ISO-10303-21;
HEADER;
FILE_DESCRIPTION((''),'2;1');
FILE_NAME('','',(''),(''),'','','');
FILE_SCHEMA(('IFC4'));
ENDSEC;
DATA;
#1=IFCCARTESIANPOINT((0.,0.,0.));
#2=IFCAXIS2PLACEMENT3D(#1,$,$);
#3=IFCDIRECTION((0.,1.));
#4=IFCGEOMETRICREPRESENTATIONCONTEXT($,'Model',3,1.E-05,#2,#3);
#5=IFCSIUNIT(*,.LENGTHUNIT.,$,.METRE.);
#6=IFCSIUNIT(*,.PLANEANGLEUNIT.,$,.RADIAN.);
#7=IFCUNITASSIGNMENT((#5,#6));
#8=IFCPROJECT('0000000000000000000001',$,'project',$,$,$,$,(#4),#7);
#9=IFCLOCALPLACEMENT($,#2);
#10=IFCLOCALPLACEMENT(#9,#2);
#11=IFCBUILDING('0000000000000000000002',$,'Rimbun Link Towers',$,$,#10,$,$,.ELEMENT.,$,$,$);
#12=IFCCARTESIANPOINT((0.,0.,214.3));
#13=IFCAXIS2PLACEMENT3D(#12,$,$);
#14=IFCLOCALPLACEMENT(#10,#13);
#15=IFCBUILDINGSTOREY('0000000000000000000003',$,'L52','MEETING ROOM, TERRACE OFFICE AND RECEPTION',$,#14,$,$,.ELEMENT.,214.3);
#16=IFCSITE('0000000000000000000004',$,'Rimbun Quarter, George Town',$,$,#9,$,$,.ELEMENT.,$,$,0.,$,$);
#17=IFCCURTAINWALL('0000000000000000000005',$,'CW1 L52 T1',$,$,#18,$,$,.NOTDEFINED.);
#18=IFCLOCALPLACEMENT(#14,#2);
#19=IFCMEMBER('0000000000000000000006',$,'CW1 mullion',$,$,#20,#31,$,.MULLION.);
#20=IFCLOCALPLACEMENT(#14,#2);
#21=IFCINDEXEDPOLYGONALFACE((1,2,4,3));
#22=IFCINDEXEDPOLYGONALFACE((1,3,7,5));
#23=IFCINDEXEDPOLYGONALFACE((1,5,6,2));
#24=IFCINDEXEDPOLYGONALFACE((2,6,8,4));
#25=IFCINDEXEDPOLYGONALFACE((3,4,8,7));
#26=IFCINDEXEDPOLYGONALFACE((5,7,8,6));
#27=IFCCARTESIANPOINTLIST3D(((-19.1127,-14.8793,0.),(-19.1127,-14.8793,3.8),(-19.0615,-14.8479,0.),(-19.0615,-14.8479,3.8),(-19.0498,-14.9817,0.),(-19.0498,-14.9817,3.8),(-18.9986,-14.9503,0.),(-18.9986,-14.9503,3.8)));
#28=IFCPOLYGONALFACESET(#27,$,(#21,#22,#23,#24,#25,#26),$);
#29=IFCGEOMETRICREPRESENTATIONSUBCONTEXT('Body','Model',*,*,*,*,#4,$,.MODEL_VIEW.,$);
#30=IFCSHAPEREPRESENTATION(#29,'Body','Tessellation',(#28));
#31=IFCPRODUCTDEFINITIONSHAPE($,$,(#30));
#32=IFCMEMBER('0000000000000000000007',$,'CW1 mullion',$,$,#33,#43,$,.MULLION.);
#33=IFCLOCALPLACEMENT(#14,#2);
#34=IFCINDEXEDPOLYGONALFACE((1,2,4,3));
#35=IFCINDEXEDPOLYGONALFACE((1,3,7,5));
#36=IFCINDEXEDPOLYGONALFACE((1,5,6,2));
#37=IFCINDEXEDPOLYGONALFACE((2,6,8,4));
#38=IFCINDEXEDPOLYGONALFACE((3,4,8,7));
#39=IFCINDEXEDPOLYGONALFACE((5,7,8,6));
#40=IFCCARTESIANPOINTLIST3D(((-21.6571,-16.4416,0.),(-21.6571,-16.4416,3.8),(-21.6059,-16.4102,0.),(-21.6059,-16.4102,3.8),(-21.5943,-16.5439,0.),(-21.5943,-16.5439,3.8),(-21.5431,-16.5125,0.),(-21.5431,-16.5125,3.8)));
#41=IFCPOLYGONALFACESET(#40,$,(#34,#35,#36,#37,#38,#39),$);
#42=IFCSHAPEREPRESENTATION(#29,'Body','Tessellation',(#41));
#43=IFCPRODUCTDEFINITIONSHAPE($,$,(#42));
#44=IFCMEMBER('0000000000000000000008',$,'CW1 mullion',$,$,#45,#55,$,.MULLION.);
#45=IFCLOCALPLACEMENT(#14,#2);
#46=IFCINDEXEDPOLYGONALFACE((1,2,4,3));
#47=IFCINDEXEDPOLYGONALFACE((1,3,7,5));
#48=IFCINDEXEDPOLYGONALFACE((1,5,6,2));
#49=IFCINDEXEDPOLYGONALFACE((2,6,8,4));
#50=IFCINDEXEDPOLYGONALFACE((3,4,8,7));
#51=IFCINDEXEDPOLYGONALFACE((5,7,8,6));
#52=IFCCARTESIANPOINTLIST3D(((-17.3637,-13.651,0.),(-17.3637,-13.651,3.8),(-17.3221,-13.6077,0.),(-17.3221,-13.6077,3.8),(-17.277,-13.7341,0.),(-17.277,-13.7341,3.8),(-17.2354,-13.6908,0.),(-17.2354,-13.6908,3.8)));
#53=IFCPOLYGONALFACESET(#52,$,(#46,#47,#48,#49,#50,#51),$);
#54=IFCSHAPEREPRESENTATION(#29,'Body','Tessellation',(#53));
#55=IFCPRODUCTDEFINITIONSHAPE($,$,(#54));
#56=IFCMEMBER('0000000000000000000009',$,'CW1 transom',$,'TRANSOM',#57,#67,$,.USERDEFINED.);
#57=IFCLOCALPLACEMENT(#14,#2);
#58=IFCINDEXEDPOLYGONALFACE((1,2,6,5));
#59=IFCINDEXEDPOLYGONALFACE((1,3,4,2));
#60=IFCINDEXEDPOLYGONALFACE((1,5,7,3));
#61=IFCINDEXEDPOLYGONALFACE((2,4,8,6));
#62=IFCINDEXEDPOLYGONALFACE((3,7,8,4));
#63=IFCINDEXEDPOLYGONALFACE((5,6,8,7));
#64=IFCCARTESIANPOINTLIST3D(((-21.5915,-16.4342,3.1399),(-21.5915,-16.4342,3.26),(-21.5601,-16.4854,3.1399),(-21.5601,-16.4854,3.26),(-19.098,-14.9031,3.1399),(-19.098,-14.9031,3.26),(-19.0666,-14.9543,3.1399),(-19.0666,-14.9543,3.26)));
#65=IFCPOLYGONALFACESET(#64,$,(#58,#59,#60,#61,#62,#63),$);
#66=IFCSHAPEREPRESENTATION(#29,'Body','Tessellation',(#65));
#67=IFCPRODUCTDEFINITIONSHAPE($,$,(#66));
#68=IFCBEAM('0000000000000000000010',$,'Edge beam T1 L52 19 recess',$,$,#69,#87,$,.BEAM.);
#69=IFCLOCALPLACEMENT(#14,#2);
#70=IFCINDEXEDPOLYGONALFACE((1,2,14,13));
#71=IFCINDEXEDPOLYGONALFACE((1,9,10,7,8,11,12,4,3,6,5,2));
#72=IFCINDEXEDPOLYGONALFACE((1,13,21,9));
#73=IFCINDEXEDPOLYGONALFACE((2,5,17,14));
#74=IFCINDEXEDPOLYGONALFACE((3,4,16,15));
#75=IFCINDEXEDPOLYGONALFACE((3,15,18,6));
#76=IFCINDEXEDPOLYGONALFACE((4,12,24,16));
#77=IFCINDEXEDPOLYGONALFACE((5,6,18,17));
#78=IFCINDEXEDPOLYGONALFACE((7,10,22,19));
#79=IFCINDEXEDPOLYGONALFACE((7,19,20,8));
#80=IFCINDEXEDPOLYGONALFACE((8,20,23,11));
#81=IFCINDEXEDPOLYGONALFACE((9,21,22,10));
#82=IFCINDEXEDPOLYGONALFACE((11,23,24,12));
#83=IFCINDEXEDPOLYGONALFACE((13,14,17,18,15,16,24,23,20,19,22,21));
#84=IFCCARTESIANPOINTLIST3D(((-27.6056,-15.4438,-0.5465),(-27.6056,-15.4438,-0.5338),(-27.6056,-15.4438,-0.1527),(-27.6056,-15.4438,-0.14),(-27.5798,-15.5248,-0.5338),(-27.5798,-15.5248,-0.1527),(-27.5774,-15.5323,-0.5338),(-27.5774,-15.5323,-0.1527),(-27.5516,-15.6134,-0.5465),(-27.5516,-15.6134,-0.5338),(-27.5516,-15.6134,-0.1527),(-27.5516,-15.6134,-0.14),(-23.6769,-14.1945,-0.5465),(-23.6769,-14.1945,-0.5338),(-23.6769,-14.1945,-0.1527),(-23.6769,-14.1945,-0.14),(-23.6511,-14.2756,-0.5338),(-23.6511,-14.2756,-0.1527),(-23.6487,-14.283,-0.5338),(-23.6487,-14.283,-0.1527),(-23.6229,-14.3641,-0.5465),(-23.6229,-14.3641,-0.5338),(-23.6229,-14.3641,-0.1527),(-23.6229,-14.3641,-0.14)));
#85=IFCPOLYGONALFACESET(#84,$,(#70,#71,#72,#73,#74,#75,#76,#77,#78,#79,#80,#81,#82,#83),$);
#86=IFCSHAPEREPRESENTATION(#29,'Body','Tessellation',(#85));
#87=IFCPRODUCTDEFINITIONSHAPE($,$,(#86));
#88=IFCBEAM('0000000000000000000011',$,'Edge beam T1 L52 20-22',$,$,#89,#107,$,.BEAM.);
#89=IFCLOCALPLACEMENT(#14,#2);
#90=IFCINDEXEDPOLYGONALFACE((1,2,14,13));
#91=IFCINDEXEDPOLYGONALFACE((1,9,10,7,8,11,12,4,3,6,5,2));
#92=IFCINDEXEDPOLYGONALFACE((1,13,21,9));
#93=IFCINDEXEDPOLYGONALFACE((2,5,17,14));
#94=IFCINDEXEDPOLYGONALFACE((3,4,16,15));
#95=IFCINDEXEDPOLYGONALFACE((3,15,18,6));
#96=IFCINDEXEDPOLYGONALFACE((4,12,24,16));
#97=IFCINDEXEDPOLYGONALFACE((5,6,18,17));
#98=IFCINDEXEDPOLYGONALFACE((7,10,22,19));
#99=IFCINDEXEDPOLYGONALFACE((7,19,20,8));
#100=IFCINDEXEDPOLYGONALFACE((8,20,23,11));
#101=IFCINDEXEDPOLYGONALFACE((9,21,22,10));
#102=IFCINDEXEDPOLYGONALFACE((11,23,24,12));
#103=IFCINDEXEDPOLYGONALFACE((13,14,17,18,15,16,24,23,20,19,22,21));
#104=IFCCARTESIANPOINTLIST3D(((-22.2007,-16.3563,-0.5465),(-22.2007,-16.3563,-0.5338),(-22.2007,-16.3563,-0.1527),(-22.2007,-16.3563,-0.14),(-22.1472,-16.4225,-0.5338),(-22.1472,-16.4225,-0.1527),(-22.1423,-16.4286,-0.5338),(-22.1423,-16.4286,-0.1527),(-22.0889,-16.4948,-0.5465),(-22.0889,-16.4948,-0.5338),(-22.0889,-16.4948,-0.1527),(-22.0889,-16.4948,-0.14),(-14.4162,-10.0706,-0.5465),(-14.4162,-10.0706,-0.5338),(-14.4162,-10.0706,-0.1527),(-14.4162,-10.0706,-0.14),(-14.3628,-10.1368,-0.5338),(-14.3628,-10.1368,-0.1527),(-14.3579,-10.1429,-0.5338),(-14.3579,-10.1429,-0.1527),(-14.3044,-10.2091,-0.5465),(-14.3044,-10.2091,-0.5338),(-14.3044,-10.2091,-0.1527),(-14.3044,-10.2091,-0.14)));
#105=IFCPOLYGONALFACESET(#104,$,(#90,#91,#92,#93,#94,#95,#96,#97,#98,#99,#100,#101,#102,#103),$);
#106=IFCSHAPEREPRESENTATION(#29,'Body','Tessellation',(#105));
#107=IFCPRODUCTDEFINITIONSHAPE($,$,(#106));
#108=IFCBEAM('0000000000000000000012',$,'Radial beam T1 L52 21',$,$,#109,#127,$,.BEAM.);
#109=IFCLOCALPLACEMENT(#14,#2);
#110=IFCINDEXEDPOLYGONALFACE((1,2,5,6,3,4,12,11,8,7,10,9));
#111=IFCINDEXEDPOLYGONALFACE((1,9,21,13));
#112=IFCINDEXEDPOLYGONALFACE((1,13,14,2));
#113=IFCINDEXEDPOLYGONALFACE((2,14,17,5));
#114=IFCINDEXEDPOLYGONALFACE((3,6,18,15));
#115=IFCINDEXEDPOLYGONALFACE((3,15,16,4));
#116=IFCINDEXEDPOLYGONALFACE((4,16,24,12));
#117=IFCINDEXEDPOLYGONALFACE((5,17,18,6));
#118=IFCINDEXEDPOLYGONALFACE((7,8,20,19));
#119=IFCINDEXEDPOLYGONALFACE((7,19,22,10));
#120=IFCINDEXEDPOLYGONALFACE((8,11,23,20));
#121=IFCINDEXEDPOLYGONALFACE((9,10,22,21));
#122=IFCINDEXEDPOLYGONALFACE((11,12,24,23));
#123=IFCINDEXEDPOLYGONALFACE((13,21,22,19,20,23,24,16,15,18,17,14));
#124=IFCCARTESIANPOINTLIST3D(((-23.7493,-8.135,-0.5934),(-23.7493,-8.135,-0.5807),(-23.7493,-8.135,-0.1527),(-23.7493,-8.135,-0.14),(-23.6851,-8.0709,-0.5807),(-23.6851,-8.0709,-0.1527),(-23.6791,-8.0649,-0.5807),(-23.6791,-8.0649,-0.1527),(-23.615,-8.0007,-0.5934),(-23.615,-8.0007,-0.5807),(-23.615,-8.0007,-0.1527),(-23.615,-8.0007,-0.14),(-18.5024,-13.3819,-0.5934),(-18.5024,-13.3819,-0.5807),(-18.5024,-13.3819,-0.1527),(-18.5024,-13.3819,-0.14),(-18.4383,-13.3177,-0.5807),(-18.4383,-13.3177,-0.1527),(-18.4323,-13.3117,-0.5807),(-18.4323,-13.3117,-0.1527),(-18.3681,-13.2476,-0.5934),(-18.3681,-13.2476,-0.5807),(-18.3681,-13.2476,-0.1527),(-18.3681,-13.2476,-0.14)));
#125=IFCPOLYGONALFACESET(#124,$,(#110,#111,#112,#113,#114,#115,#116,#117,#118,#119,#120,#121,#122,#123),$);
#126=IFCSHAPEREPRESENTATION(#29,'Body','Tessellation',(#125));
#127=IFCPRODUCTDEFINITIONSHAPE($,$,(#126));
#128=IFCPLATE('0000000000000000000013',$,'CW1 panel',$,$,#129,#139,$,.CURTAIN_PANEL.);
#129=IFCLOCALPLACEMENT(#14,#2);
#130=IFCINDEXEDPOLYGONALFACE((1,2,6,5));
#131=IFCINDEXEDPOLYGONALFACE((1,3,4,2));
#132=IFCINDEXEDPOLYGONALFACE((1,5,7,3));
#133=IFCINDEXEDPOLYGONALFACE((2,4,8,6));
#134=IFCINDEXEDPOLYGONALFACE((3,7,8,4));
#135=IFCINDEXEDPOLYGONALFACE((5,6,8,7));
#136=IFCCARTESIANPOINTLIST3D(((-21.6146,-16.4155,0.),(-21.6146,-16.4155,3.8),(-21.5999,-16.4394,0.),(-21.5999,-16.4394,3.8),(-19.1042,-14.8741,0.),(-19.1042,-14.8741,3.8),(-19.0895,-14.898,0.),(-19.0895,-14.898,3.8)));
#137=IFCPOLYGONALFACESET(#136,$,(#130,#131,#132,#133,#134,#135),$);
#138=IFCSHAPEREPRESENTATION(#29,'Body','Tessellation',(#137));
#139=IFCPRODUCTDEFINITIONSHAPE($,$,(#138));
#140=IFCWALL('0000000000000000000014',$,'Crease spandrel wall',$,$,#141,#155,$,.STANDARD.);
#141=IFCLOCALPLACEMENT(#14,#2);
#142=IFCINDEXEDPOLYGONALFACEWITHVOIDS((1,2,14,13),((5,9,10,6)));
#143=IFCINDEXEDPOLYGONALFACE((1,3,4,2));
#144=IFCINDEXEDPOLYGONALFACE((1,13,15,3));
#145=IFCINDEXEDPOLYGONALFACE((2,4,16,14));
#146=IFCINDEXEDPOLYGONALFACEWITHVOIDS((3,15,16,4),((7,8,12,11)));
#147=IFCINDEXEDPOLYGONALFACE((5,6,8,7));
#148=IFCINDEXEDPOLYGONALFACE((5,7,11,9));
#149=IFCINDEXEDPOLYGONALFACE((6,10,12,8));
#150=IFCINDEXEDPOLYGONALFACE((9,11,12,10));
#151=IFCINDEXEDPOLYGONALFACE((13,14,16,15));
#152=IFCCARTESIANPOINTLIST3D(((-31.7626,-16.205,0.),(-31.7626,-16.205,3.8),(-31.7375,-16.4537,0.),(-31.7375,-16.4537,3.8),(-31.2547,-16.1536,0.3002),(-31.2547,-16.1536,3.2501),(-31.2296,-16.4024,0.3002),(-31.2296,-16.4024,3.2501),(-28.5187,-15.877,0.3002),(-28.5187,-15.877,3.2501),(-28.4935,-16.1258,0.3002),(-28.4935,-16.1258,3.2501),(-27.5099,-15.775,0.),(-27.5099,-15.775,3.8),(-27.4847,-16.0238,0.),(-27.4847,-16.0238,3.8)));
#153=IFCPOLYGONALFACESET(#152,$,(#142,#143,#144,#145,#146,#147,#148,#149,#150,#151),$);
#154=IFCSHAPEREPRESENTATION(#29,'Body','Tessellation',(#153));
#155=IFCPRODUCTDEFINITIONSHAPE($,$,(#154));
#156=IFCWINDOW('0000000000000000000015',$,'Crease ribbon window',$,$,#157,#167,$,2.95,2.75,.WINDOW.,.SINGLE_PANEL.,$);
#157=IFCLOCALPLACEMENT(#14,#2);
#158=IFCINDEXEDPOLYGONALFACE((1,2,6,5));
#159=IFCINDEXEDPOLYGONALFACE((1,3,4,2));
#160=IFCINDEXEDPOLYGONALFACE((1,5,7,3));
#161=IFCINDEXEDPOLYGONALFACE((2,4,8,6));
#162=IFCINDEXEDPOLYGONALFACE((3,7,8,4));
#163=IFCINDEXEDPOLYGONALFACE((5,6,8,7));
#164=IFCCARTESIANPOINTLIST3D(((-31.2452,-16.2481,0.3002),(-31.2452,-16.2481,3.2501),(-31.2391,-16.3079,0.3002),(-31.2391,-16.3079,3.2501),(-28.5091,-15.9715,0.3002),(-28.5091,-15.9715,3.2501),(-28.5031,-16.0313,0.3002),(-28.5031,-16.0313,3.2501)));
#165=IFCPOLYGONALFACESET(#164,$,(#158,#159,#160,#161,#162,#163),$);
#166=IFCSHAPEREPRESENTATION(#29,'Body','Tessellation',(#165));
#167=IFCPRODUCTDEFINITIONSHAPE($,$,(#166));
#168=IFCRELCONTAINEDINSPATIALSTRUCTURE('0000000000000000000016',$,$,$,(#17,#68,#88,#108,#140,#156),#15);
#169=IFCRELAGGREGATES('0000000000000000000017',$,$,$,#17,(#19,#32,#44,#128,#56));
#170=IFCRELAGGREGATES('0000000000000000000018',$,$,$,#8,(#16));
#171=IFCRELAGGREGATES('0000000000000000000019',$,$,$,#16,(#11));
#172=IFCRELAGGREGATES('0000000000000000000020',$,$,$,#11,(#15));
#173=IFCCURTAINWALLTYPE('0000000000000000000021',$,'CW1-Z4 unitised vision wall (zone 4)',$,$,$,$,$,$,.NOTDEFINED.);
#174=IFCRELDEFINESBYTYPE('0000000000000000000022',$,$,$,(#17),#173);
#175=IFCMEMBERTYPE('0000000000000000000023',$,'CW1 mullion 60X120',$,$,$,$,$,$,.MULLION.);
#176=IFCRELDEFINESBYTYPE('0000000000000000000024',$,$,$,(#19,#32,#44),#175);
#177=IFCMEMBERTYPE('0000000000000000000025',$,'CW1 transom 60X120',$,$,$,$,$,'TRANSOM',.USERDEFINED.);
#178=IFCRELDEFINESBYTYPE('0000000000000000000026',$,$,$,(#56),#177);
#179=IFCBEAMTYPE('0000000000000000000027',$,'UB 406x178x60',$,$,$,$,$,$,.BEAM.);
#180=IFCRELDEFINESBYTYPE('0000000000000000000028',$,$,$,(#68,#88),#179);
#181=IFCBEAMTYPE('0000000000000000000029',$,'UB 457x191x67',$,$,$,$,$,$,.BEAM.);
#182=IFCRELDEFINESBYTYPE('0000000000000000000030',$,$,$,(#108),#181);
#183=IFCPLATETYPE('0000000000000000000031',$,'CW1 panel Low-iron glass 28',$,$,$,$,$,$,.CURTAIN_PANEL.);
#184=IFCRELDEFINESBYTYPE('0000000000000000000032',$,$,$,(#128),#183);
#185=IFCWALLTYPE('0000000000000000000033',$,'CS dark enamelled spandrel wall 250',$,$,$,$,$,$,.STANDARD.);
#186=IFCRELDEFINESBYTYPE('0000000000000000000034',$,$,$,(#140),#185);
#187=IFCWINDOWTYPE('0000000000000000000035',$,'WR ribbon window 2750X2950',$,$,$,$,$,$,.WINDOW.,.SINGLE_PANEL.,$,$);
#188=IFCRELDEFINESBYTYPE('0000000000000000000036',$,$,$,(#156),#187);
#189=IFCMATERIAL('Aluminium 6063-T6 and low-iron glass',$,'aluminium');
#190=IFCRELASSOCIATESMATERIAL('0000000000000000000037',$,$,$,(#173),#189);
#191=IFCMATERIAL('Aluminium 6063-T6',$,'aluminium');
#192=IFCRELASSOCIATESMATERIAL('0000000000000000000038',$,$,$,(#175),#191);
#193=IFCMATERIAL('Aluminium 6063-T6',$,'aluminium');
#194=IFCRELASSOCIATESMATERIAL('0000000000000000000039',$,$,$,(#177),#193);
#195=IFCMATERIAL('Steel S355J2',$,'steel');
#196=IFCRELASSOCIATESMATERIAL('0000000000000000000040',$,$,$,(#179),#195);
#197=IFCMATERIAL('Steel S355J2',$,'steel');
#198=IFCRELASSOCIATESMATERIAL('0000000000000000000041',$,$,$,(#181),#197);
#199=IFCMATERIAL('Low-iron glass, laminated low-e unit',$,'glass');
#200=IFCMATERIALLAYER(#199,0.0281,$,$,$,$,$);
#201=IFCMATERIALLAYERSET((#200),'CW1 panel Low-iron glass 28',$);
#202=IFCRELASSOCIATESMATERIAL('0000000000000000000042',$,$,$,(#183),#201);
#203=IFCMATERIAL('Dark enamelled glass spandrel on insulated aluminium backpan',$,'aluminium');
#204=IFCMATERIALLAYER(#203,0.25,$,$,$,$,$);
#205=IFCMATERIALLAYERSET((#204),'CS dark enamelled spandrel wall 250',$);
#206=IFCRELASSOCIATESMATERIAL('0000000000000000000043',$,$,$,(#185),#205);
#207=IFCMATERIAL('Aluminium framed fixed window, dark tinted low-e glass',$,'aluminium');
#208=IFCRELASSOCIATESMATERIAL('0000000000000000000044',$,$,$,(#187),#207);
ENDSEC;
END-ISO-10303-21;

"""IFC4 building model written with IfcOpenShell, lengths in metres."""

from ifc_helpers import new_model, si_unit, direction, frame, frame_2d, origin, origin_2d, place, context, subcontext, project, spatial, rectangle, i_section, extrude, material, layer, layer_set, material_profile, profile_set, type_object, element, fill, aggregate, save


model = new_model("IFC4")

# Units and contexts
model_context = context("Model", 3, precision=1e-05, world=origin(), true_north=direction((0.0, 1.0)))
body_context = subcontext(model_context, "Body", "Model", "MODEL_VIEW")
ifc_project = project(units=[si_unit("LENGTHUNIT", "METRE"), si_unit("PLANEANGLEUNIT", "RADIAN")], contexts=[model_context])

# Site, building, storey
site_placement = place(None, origin())
site = spatial("IfcSite", under=ifc_project, at=site_placement, Name="Rimbun Quarter, George Town", CompositionType="ELEMENT", RefElevation=0.0)
building_placement = place(site_placement, origin())
building = spatial("IfcBuilding", under=site, at=building_placement, Name="Rimbun Link Towers", CompositionType="ELEMENT")
storey_placement = place(building_placement, frame((0.0, 0.0, 214.3)))
storey = spatial("IfcBuildingStorey", under=building, at=storey_placement, Name="L52", Description="MEETING ROOM, TERRACE OFFICE AND RECEPTION", CompositionType="ELEMENT", Elevation=214.3)

# Curtain wall, members
ifc_material_1 = material(Name="Aluminium 6063-T6 and low-iron glass", Category="aluminium")
curtain_wall_type = type_object("IfcCurtainWallType", Name="CW1-Z4 unitised vision wall (zone 4)", PredefinedType="NOTDEFINED", material=ifc_material_1)
curtain_wall_placement = place(storey_placement, origin())
curtain_wall = element("IfcCurtainWall", 1, at=curtain_wall_placement, inside=storey, type_object=curtain_wall_type, Name="CW1 L52 T1", PredefinedType="NOTDEFINED")
ifc_material_2 = material(Name="Aluminium 6063-T6", Category="aluminium")
ifc_material_profile_1 = material_profile(ifc_material_2, rectangle(XDim=0.1201, YDim=0.0601, at=origin_2d()), Name="MULLION 60X120")
ifc_profile_set_1 = profile_set([ifc_material_profile_1], Name="Aluminium 6063-T6")
member_type_1 = type_object("IfcMemberType", Name="CW1 mullion 60X120", PredefinedType="MULLION", material=ifc_profile_set_1)
member_1_placement = place(storey_placement, frame((-19.0557, -14.9148, 0.0), z_axis=(0.0, 0.0, 1.0), x_axis=(0.523242, -0.852184, 0.0)))
member_1 = element("IfcMember", 2, at=member_1_placement, type_object=member_type_1, Name="CW1 mullion", PredefinedType="MULLION", context=body_context, shape_type="SweptSolid", body=[
    extrude(rectangle(XDim=0.1201, YDim=0.0601, at=origin_2d()), origin(), (0.0, 0.0, 1.0), 3.8),
])
member_2_placement = place(storey_placement, frame((-21.6001, -16.4771, 0.0), z_axis=(0.0, 0.0, 1.0), x_axis=(0.523242, -0.852184, 0.0)))
member_2 = element("IfcMember", 3, at=member_2_placement, type_object=member_type_1, Name="CW1 mullion", PredefinedType="MULLION", context=body_context, shape_type="SweptSolid", body=[
    extrude(rectangle(XDim=0.1201, YDim=0.0601, at=origin_2d()), origin(), (0.0, 0.0, 1.0), 3.8),
])
member_3_placement = place(storey_placement, frame((-17.2996, -13.6709, 0.0), z_axis=(0.0, 0.0, 1.0), x_axis=(0.721846, -0.692053, 0.0)))
member_3 = element("IfcMember", 4, at=member_3_placement, type_object=member_type_1, Name="CW1 mullion", PredefinedType="MULLION", context=body_context, shape_type="SweptSolid", body=[
    extrude(rectangle(XDim=0.1201, YDim=0.0601, at=origin_2d()), origin(), (0.0, 0.0, 1.0), 3.8),
])
ifc_material_3 = material(Name="Aluminium 6063-T6", Category="aluminium")
ifc_material_profile_2 = material_profile(ifc_material_3, rectangle(XDim=0.0601, YDim=0.1201, at=origin_2d()), Name="TRANSOM 60X120")
ifc_profile_set_2 = profile_set([ifc_material_profile_2], Name="Aluminium 6063-T6")
member_type_2 = type_object("IfcMemberType", Name="CW1 transom 60X120", ElementType="TRANSOM", PredefinedType="USERDEFINED", material=ifc_profile_set_2)
member_4_placement = place(storey_placement, frame((-19.0823, -14.9287, 3.2), z_axis=(-0.852176, -0.523255, 0.0), x_axis=(0.523255, -0.852176, 0.0)))
member_4 = element("IfcMember", 5, at=member_4_placement, type_object=member_type_2, Name="CW1 transom", ObjectType="TRANSOM", PredefinedType="USERDEFINED", context=body_context, shape_type="SweptSolid", body=[
    extrude(rectangle(XDim=0.0601, YDim=0.1201, at=origin_2d()), origin(), (0.0, 0.0, 1.0), 2.926),
])

# Beams
ifc_material_4 = material(Name="Steel S355J2", Category="steel")
ifc_material_profile_3 = material_profile(ifc_material_4, i_section(OverallWidth=0.178, OverallDepth=0.4065, WebThickness=0.0078, FlangeThickness=0.0127, at=origin_2d()), Name="UB 406x178x60")
ifc_profile_set_3 = profile_set([ifc_material_profile_3], Name="Steel S355J2")
beam_type_1 = type_object("IfcBeamType", Name="UB 406x178x60", PredefinedType="BEAM", material=ifc_profile_set_3)
beam_1_placement = place(storey_placement, frame((-27.5786, -15.5286, -0.3433), z_axis=(0.95298, 0.303033, 0.0), x_axis=(-0.303033, 0.95298, 0.0)))
element("IfcBeam", 6, at=beam_1_placement, inside=storey, type_object=beam_type_1, Name="Edge beam T1 L52 19 recess", PredefinedType="BEAM", context=body_context, shape_type="SweptSolid", body=[
    extrude(i_section(OverallWidth=0.178, OverallDepth=0.4065, WebThickness=0.0078, FlangeThickness=0.0127, at=origin_2d()), origin(), (0.0, 0.0, 1.0), 4.1226),
])
beam_2_placement = place(storey_placement, frame((-22.1448, -16.4255, -0.3433), z_axis=(0.778028, 0.62823, 0.0), x_axis=(-0.62823, 0.778028, 0.0)))
element("IfcBeam", 7, at=beam_2_placement, inside=storey, type_object=beam_type_1, Name="Edge beam T1 L52 20-22", PredefinedType="BEAM", context=body_context, shape_type="SweptSolid", body=[
    extrude(i_section(OverallWidth=0.178, OverallDepth=0.4065, WebThickness=0.0078, FlangeThickness=0.0127, at=origin_2d()), origin(), (0.0, 0.0, 1.0), 10.0054),
])
ifc_material_5 = material(Name="Steel S355J2", Category="steel")
ifc_material_profile_4 = material_profile(ifc_material_5, i_section(OverallWidth=0.1899, OverallDepth=0.4534, WebThickness=0.0085, FlangeThickness=0.0127, at=origin_2d()), Name="UB 457x191x67")
ifc_profile_set_4 = profile_set([ifc_material_profile_4], Name="Steel S355J2")
beam_type_2 = type_object("IfcBeamType", Name="UB 457x191x67", PredefinedType="BEAM", material=ifc_profile_set_4)
beam_3_placement = place(storey_placement, frame((-23.6821, -8.0679, -0.3667), z_axis=(0.707107, -0.707107, 0.0), x_axis=(0.707107, 0.707107, 0.0)))
element("IfcBeam", 8, at=beam_3_placement, inside=storey, type_object=beam_type_2, Name="Radial beam T1 L52 21", PredefinedType="BEAM", context=body_context, shape_type="SweptSolid", body=[
    extrude(i_section(OverallWidth=0.1899, OverallDepth=0.4534, WebThickness=0.0085, FlangeThickness=0.0127, at=origin_2d()), origin(), (0.0, 0.0, 1.0), 7.4202),
])

# Plate
ifc_material_6 = material(Name="Low-iron glass, laminated low-e unit", Category="glass")
ifc_layer_1 = layer(ifc_material_6, 0.0281)
ifc_layer_set_1 = layer_set([ifc_layer_1], Name="CW1 panel Low-iron glass 28")
plate_type = type_object("IfcPlateType", Name="CW1 panel Low-iron glass 28", PredefinedType="CURTAIN_PANEL", material=ifc_layer_set_1)
plate_placement = place(storey_placement, frame((-20.3521, -15.6567, 0.0), z_axis=(0.0, 0.0, 1.0), x_axis=(-0.852184, -0.523242, 0.0)))
plate = element("IfcPlate", 9, at=plate_placement, type_object=plate_type, Name="CW1 panel", PredefinedType="CURTAIN_PANEL", context=body_context, shape_type="SweptSolid", body=[
    extrude(rectangle(XDim=2.9458, YDim=0.0281, at=origin_2d()), origin(), (0.0, 0.0, 1.0), 3.8),
])
aggregate(curtain_wall, [member_1, member_2, member_3, plate, member_4])

# Wall, opening, window
ifc_material_7 = material(Name="Dark enamelled glass spandrel on insulated aluminium backpan", Category="aluminium")
ifc_layer_2 = layer(ifc_material_7, 0.25)
ifc_layer_set_2 = layer_set([ifc_layer_2], Name="CS dark enamelled spandrel wall 250")
wall_type_1 = type_object("IfcWallType", Name="CS dark enamelled spandrel wall 250", PredefinedType="STANDARD", material=ifc_layer_set_2)
wall_1_placement = place(storey_placement, frame((-27.4973, -15.8994, 0.0), z_axis=(0.0, 0.0, 1.0), x_axis=(-0.994929, -0.100584, 0.0)))
wall_1 = element("IfcWall", 10, at=wall_1_placement, inside=storey, type_object=wall_type_1, Name="Crease spandrel wall", PredefinedType="STANDARD", context=body_context, shape_type="SweptSolid", body=[
    extrude(rectangle(XDim=4.2744, YDim=0.25, at=frame_2d((2.1372, 0.0))), origin(), (0.0, 0.0, 1.0), 3.8),
])
opening_1_placement = place(wall_1_placement, frame((1.0139, 0.0, 0.3)))
opening_1 = element("IfcOpeningElement", 11, at=opening_1_placement, cuts=wall_1, PredefinedType="OPENING", context=body_context, shape_type="SweptSolid", body=[
    extrude(rectangle(XDim=2.75, YDim=2.95, at=frame_2d((1.375, 1.4751))), frame((0.0, 0.135, 0.0), z_axis=(0.0, -1.0, 0.0), x_axis=(1.0, 0.0, 0.0)), (0.0, 0.0, 1.0), 0.27),
])
ifc_material_8 = material(Name="Aluminium framed fixed window, dark tinted low-e glass", Category="aluminium")
window_type_1 = type_object("IfcWindowType", Name="WR ribbon window 2750X2950", PartitioningType="SINGLE_PANEL", PredefinedType="WINDOW", material=ifc_material_8)
window_1_placement = place(opening_1_placement, origin())
window_1 = element("IfcWindow", 12, at=window_1_placement, inside=storey, type_object=window_type_1, Name="Crease ribbon window", OverallHeight=2.95, OverallWidth=2.75, PartitioningType="SINGLE_PANEL", PredefinedType="WINDOW", context=body_context, shape_type="SweptSolid", body=[
    extrude(rectangle(XDim=2.75, YDim=2.95, at=frame_2d((1.375, 1.4751))), frame((0.0, 0.03, 0.0), z_axis=(0.0, -1.0, 0.0), x_axis=(1.0, 0.0, 0.0)), (0.0, 0.0, 1.0), 0.0601),
])
fill(opening_1, window_1)

save(model, "model.ifc")
